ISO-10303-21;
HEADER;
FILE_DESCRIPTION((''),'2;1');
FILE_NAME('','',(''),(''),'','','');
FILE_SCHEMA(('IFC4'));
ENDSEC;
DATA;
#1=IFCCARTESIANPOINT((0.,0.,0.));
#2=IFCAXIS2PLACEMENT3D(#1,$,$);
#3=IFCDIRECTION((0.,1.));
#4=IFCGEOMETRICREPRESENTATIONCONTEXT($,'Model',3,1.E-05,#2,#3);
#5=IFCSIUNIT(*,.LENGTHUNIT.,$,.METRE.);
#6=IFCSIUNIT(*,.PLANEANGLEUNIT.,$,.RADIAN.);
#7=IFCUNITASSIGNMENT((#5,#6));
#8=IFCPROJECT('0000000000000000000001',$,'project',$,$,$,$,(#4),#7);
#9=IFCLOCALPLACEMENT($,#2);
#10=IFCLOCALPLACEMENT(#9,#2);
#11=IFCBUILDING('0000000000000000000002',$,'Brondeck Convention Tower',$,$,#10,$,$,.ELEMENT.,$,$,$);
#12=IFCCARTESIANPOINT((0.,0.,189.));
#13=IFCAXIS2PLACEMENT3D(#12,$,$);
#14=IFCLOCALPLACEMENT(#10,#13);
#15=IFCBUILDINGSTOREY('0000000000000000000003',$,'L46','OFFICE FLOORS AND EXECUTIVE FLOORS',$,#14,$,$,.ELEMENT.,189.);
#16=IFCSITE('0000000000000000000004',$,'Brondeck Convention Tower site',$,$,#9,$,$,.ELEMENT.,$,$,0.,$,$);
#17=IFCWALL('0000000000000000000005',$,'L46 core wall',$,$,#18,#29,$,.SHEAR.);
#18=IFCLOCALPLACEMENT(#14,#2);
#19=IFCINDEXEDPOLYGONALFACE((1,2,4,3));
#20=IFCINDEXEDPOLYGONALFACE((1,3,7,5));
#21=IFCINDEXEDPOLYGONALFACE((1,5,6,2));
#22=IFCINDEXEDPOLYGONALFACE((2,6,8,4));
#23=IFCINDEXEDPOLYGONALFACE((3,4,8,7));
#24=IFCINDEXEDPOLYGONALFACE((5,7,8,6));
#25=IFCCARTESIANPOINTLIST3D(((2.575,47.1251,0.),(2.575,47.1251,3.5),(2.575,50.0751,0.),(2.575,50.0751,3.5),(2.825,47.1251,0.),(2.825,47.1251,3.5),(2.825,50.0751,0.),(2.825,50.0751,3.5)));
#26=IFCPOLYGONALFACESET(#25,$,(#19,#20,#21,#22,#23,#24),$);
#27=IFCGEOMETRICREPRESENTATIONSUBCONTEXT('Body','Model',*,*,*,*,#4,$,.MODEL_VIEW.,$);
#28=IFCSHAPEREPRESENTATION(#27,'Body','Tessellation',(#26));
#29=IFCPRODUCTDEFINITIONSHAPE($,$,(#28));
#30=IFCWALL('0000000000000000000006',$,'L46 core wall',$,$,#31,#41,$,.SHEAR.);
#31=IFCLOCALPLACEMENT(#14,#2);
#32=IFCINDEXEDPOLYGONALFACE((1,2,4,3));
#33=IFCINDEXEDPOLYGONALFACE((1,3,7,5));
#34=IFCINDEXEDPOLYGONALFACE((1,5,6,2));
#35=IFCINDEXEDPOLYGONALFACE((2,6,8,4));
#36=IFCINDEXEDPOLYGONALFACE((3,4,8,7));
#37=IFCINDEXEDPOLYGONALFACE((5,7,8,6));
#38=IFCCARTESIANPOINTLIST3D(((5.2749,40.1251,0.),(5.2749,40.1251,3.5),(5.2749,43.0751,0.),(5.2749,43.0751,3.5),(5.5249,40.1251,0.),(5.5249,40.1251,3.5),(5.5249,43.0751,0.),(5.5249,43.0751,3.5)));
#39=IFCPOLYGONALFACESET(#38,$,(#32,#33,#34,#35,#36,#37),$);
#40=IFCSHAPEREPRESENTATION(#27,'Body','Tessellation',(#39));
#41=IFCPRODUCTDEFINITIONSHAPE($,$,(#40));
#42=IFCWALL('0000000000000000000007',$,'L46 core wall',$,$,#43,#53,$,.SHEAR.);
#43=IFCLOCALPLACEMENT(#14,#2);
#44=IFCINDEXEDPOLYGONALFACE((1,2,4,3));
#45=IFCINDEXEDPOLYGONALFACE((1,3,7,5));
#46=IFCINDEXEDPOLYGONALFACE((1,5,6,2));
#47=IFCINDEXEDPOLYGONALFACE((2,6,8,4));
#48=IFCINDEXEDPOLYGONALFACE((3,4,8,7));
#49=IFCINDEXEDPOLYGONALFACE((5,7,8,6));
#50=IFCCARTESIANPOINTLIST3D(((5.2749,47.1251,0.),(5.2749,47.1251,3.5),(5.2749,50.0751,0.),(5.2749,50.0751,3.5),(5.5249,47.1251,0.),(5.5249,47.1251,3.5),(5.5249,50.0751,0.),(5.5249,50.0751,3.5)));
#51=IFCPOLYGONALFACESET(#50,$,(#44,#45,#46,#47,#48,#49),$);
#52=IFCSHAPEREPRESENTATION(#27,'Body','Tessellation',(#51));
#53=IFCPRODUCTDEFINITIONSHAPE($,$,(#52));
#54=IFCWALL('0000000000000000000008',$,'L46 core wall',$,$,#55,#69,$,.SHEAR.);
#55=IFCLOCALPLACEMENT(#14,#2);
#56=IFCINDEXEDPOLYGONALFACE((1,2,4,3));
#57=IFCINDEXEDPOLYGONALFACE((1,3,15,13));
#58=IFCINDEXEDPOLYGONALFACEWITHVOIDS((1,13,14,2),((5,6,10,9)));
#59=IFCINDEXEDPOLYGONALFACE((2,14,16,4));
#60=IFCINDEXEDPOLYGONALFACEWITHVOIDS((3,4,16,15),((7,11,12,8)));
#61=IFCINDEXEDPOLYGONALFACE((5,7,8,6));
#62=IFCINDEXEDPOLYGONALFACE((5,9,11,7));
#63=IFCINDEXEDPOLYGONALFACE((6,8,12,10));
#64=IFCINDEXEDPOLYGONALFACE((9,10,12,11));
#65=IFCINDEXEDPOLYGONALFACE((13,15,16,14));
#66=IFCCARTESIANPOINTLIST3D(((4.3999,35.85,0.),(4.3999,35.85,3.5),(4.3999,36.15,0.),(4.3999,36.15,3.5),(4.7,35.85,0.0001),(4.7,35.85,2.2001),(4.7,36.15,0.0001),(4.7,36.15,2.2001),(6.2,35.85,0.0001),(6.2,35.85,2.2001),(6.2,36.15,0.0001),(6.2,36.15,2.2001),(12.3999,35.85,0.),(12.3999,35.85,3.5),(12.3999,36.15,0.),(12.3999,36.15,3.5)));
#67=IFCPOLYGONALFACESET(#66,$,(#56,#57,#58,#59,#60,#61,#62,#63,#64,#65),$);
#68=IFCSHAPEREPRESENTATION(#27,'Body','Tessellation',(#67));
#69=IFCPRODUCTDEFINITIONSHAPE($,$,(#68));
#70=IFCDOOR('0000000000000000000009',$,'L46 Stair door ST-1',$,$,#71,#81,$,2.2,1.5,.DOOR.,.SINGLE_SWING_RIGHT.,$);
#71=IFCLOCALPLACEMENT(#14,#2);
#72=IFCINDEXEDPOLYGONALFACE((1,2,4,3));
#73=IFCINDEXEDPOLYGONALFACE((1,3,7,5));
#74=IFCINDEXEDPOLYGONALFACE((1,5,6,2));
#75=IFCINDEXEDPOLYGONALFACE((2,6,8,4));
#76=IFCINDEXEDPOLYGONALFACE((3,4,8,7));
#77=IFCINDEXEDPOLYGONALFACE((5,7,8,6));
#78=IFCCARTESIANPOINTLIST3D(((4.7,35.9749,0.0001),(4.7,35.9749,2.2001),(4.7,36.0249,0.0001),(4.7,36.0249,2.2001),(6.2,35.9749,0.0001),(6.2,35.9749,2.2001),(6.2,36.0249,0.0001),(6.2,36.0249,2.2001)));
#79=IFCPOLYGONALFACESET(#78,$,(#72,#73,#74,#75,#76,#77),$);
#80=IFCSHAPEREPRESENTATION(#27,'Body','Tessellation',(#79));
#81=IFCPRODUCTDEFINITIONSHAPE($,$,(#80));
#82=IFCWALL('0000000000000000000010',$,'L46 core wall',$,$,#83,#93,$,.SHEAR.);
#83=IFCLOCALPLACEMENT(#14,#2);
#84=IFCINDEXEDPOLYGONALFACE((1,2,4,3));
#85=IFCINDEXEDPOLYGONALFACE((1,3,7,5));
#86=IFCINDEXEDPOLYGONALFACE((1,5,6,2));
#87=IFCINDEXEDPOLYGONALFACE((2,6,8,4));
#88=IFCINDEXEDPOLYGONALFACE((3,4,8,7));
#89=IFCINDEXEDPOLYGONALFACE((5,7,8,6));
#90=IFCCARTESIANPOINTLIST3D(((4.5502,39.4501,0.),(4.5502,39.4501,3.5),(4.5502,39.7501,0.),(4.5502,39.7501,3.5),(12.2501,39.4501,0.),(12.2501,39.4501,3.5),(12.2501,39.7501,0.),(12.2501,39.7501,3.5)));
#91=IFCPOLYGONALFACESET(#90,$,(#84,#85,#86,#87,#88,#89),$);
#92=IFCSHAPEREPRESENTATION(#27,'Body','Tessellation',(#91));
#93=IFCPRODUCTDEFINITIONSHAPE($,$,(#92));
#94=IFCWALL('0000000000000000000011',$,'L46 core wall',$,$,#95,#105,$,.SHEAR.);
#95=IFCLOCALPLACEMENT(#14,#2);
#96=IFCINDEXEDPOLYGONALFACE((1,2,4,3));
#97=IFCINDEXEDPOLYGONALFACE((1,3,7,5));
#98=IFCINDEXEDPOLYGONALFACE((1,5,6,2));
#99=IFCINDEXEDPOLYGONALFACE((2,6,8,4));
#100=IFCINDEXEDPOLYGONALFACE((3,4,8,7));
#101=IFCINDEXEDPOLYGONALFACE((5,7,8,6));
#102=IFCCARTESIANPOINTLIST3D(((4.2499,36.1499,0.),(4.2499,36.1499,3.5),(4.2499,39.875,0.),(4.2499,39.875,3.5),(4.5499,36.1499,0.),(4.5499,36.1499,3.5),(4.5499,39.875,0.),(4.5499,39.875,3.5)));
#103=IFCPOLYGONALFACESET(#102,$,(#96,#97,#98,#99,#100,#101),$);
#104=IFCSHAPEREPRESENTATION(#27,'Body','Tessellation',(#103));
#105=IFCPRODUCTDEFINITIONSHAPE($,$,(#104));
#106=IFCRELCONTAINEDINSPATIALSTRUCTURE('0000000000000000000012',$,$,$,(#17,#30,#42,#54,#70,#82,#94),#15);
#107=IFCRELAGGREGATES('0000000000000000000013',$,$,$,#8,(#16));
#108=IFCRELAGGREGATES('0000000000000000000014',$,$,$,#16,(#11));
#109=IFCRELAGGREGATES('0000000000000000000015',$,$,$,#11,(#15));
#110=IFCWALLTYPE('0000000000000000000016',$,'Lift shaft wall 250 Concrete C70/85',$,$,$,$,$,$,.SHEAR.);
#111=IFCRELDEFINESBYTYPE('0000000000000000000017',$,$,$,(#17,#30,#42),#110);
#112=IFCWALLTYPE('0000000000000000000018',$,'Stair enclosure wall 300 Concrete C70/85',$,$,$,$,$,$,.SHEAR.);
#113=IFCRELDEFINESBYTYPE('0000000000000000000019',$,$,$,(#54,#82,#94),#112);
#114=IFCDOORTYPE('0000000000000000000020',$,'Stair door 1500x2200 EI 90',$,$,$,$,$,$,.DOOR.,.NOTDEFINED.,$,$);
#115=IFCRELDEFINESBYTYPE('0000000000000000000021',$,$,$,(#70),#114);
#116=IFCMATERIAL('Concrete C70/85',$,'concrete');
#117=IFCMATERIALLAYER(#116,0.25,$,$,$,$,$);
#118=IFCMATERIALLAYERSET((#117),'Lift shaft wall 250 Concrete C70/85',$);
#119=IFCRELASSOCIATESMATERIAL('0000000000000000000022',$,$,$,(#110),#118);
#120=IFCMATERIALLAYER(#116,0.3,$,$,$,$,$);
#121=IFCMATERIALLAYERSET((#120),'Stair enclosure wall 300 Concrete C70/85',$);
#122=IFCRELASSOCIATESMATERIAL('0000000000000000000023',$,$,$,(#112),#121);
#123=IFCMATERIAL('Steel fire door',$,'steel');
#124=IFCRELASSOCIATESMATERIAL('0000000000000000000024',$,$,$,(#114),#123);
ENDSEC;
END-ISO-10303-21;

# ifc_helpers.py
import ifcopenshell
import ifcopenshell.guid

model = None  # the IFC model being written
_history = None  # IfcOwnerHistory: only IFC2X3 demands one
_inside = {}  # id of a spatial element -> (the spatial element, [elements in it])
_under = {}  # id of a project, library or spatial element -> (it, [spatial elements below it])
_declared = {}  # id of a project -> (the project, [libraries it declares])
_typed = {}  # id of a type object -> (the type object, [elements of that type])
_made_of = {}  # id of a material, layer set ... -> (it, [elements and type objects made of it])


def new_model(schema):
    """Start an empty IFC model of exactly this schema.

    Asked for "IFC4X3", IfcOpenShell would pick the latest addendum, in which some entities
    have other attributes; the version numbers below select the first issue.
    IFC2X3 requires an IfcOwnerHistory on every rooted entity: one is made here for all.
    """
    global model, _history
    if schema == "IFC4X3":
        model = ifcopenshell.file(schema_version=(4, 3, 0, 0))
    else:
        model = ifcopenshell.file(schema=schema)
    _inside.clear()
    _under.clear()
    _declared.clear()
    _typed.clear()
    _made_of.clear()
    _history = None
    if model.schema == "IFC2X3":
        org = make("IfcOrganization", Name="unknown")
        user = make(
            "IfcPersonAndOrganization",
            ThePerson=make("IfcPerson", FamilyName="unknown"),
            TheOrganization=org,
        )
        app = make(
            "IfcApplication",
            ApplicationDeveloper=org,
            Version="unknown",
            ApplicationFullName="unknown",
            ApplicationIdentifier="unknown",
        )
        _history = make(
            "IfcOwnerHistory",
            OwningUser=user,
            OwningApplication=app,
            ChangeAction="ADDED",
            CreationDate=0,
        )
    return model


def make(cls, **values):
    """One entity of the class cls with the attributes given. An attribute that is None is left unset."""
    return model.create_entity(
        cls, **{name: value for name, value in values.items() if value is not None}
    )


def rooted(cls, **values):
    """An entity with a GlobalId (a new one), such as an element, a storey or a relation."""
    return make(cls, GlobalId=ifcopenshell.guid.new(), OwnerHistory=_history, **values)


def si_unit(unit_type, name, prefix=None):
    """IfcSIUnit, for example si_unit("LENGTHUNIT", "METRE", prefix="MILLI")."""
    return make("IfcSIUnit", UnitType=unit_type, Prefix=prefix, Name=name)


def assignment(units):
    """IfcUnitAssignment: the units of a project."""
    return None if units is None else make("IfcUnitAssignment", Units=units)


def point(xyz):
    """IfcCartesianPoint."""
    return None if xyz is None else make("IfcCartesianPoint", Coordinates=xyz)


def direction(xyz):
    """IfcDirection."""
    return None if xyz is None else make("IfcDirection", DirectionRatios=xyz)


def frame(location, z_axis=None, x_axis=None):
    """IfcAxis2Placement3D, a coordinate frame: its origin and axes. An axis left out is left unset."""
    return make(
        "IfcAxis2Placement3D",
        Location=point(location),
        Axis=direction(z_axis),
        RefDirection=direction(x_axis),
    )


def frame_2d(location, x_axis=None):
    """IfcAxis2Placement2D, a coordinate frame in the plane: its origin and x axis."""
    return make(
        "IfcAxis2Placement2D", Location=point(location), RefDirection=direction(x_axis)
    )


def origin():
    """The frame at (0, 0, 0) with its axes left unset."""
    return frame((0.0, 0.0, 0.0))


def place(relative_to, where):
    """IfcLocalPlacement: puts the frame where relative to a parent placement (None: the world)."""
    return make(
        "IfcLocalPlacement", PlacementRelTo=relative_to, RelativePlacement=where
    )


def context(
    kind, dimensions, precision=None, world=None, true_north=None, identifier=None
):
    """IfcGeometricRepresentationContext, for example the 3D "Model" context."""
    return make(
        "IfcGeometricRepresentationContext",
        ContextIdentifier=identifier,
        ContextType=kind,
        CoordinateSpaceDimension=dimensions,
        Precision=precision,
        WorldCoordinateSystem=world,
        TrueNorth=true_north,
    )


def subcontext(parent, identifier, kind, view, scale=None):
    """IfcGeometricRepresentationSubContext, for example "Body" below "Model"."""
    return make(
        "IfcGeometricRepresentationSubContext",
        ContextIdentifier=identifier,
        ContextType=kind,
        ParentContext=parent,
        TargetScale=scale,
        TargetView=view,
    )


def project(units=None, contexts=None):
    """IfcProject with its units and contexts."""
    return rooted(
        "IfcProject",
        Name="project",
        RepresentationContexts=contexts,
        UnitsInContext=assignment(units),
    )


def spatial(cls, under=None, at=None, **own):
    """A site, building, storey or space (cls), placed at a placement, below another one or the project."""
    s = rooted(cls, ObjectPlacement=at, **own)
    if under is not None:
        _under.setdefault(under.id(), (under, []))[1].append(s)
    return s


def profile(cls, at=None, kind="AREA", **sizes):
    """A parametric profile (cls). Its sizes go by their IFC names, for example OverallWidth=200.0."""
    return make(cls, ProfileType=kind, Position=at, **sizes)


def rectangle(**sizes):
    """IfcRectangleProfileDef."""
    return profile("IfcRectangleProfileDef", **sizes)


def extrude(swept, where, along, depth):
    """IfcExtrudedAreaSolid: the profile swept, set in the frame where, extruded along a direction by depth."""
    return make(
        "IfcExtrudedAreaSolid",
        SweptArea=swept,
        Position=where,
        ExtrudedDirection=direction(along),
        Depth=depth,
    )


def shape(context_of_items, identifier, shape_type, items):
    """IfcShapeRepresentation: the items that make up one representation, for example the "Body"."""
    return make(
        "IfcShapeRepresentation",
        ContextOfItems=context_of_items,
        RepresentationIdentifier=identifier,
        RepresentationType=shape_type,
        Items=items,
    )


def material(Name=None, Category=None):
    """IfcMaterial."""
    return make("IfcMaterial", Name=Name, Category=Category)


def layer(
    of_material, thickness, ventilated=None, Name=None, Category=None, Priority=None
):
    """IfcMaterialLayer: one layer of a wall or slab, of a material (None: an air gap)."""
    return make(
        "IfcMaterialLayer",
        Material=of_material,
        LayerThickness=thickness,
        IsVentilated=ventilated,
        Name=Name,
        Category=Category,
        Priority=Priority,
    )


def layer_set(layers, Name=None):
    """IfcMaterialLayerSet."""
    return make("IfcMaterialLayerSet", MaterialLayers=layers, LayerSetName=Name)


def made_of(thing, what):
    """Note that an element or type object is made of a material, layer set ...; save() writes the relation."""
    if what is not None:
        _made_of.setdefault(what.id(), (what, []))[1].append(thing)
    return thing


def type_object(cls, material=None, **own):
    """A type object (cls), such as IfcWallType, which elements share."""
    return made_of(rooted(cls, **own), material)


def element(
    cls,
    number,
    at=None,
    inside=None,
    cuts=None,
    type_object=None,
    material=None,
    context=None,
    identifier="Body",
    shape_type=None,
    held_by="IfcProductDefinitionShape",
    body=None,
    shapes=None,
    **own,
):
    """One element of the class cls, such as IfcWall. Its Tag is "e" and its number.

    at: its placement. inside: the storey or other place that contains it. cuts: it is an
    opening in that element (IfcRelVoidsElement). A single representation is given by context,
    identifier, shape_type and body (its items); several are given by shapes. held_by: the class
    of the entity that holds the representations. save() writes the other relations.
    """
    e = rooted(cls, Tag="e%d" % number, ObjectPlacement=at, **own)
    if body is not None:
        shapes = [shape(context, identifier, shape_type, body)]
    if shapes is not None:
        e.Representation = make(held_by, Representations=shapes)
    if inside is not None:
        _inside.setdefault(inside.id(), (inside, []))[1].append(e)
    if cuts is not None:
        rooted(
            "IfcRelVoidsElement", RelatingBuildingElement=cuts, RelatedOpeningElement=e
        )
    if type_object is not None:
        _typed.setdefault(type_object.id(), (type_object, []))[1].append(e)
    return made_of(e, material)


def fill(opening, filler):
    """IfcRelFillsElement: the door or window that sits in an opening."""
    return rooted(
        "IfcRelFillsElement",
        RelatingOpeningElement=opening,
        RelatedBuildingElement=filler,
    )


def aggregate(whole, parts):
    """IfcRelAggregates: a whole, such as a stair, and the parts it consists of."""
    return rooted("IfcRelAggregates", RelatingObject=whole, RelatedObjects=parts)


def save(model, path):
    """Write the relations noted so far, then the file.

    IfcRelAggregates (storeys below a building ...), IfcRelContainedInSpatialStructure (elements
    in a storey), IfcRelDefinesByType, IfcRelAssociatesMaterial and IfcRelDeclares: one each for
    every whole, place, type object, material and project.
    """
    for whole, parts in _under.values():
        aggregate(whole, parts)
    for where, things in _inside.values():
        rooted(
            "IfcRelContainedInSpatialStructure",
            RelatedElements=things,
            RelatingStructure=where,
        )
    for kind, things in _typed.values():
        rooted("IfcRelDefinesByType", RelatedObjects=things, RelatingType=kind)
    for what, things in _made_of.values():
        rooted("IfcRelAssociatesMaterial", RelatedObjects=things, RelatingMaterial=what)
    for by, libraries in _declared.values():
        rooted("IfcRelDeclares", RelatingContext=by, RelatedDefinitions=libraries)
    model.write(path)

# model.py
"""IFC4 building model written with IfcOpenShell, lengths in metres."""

from ifc_helpers import new_model, si_unit, direction, frame, frame_2d, origin, place, context, subcontext, project, spatial, rectangle, extrude, material, layer, layer_set, type_object, element, fill, save


model = new_model("IFC4")

# Units and contexts
model_context = context("Model", 3, precision=1e-05, world=origin(), true_north=direction((0.0, 1.0)))
body_context = subcontext(model_context, "Body", "Model", "MODEL_VIEW")
ifc_project = project(units=[si_unit("LENGTHUNIT", "METRE"), si_unit("PLANEANGLEUNIT", "RADIAN")], contexts=[model_context])

# Site, building, storey
site_placement = place(None, origin())
site = spatial("IfcSite", under=ifc_project, at=site_placement, Name="Brondeck Convention Tower site", CompositionType="ELEMENT", RefElevation=0.0)
building_placement = place(site_placement, origin())
building = spatial("IfcBuilding", under=site, at=building_placement, Name="Brondeck Convention Tower", CompositionType="ELEMENT")
storey_placement = place(building_placement, frame((0.0, 0.0, 189.0)))
storey = spatial("IfcBuildingStorey", under=building, at=storey_placement, Name="L46", Description="OFFICE FLOORS AND EXECUTIVE FLOORS", CompositionType="ELEMENT", Elevation=189.0)

# Shared definitions
ifc_material_1 = material(Name="Concrete C70/85", Category="concrete")

# Shared definitions
ifc_material_2 = material(Name="Steel fire door", Category="steel")

# Shared definitions
ifc_layer_1 = layer(ifc_material_1, 0.25)
ifc_layer_set_1 = layer_set([ifc_layer_1], Name="Lift shaft wall 250 Concrete C70/85")
wall_type_1 = type_object("IfcWallType", Name="Lift shaft wall 250 Concrete C70/85", PredefinedType="SHEAR", material=ifc_layer_set_1)

# Walls
for number, where, z_axis, x_axis, name in (
    (1, (2.7, 47.125, 0.0), (0.0, 0.0, 1.0), (0.0, 1.0, 0.0), "L46 core wall"),
    (2, (5.3999, 40.125, 0.0), (0.0, 0.0, 1.0), (0.0, 1.0, 0.0), "L46 core wall"),
    (3, (5.3999, 47.125, 0.0), (0.0, 0.0, 1.0), (0.0, 1.0, 0.0), "L46 core wall"),
):
    element("IfcWall", number, at=place(storey_placement, frame(where, z_axis=z_axis, x_axis=x_axis)), inside=storey, type_object=wall_type_1, Name=name, PredefinedType="SHEAR", context=body_context, shape_type="SweptSolid", body=[
        extrude(rectangle(XDim=2.95, YDim=0.25, at=frame_2d((1.4751, 0.0))), origin(), (0.0, 0.0, 1.0), 3.5),
    ])

# Wall, opening, door
ifc_layer_2 = layer(ifc_material_1, 0.3)
ifc_layer_set_2 = layer_set([ifc_layer_2], Name="Stair enclosure wall 300 Concrete C70/85")
wall_type_2 = type_object("IfcWallType", Name="Stair enclosure wall 300 Concrete C70/85", PredefinedType="SHEAR", material=ifc_layer_set_2)
wall_1_placement = place(storey_placement, frame((4.3999, 36.0, 0.0), z_axis=(0.0, 0.0, 1.0), x_axis=(1.0, 0.0, 0.0)))
wall_1 = element("IfcWall", 4, at=wall_1_placement, inside=storey, type_object=wall_type_2, Name="L46 core wall", PredefinedType="SHEAR", context=body_context, shape_type="SweptSolid", body=[
    extrude(rectangle(XDim=8.0, YDim=0.3, at=frame_2d((4.0, 0.0))), origin(), (0.0, 0.0, 1.0), 3.5),
])
opening_1_placement = place(wall_1_placement, frame((0.3, 0.0, 0.0)))
opening_1 = element("IfcOpeningElement", 5, at=opening_1_placement, cuts=wall_1, PredefinedType="OPENING", context=body_context, shape_type="SweptSolid", body=[
    extrude(rectangle(XDim=1.5, YDim=2.2, at=frame_2d((0.75, 1.1001))), frame((0.0, 0.1599, 0.0), z_axis=(0.0, -1.0, 0.0), x_axis=(1.0, 0.0, 0.0)), (0.0, 0.0, 1.0), 0.3201),
])
door_type_1 = type_object("IfcDoorType", Name="Stair door 1500x2200 EI 90", OperationType="NOTDEFINED", PredefinedType="DOOR", material=ifc_material_2)
door_1_placement = place(opening_1_placement, origin())
door_1 = element("IfcDoor", 6, at=door_1_placement, inside=storey, type_object=door_type_1, Name="L46 Stair door ST-1", OperationType="SINGLE_SWING_RIGHT", OverallHeight=2.2, OverallWidth=1.5, PredefinedType="DOOR", context=body_context, shape_type="SweptSolid", body=[
    extrude(rectangle(XDim=1.5, YDim=2.2, at=frame_2d((0.75, 1.1001))), frame((0.0, 0.0249, 0.0), z_axis=(0.0, -1.0, 0.0), x_axis=(1.0, 0.0, 0.0)), (0.0, 0.0, 1.0), 0.05),
])
fill(opening_1, door_1)

# Walls
wall_2_placement = place(storey_placement, frame((4.55, 39.6001, 0.0), z_axis=(0.0, 0.0, 1.0), x_axis=(1.0, 0.0, 0.0)))
element("IfcWall", 7, at=wall_2_placement, inside=storey, type_object=wall_type_2, Name="L46 core wall", PredefinedType="SHEAR", context=body_context, shape_type="SweptSolid", body=[
    extrude(rectangle(XDim=7.7, YDim=0.3, at=frame_2d((3.8501, 0.0))), origin(), (0.0, 0.0, 1.0), 3.5),
])
wall_3_placement = place(storey_placement, frame((4.3999, 36.1499, 0.0), z_axis=(0.0, 0.0, 1.0), x_axis=(0.0, 1.0, 0.0)))
element("IfcWall", 8, at=wall_3_placement, inside=storey, type_object=wall_type_2, Name="L46 core wall", PredefinedType="SHEAR", context=body_context, shape_type="SweptSolid", body=[
    extrude(rectangle(XDim=3.7251, YDim=0.3, at=frame_2d((1.8625, 0.0))), origin(), (0.0, 0.0, 1.0), 3.5),
])

save(model, "model.ifc")
